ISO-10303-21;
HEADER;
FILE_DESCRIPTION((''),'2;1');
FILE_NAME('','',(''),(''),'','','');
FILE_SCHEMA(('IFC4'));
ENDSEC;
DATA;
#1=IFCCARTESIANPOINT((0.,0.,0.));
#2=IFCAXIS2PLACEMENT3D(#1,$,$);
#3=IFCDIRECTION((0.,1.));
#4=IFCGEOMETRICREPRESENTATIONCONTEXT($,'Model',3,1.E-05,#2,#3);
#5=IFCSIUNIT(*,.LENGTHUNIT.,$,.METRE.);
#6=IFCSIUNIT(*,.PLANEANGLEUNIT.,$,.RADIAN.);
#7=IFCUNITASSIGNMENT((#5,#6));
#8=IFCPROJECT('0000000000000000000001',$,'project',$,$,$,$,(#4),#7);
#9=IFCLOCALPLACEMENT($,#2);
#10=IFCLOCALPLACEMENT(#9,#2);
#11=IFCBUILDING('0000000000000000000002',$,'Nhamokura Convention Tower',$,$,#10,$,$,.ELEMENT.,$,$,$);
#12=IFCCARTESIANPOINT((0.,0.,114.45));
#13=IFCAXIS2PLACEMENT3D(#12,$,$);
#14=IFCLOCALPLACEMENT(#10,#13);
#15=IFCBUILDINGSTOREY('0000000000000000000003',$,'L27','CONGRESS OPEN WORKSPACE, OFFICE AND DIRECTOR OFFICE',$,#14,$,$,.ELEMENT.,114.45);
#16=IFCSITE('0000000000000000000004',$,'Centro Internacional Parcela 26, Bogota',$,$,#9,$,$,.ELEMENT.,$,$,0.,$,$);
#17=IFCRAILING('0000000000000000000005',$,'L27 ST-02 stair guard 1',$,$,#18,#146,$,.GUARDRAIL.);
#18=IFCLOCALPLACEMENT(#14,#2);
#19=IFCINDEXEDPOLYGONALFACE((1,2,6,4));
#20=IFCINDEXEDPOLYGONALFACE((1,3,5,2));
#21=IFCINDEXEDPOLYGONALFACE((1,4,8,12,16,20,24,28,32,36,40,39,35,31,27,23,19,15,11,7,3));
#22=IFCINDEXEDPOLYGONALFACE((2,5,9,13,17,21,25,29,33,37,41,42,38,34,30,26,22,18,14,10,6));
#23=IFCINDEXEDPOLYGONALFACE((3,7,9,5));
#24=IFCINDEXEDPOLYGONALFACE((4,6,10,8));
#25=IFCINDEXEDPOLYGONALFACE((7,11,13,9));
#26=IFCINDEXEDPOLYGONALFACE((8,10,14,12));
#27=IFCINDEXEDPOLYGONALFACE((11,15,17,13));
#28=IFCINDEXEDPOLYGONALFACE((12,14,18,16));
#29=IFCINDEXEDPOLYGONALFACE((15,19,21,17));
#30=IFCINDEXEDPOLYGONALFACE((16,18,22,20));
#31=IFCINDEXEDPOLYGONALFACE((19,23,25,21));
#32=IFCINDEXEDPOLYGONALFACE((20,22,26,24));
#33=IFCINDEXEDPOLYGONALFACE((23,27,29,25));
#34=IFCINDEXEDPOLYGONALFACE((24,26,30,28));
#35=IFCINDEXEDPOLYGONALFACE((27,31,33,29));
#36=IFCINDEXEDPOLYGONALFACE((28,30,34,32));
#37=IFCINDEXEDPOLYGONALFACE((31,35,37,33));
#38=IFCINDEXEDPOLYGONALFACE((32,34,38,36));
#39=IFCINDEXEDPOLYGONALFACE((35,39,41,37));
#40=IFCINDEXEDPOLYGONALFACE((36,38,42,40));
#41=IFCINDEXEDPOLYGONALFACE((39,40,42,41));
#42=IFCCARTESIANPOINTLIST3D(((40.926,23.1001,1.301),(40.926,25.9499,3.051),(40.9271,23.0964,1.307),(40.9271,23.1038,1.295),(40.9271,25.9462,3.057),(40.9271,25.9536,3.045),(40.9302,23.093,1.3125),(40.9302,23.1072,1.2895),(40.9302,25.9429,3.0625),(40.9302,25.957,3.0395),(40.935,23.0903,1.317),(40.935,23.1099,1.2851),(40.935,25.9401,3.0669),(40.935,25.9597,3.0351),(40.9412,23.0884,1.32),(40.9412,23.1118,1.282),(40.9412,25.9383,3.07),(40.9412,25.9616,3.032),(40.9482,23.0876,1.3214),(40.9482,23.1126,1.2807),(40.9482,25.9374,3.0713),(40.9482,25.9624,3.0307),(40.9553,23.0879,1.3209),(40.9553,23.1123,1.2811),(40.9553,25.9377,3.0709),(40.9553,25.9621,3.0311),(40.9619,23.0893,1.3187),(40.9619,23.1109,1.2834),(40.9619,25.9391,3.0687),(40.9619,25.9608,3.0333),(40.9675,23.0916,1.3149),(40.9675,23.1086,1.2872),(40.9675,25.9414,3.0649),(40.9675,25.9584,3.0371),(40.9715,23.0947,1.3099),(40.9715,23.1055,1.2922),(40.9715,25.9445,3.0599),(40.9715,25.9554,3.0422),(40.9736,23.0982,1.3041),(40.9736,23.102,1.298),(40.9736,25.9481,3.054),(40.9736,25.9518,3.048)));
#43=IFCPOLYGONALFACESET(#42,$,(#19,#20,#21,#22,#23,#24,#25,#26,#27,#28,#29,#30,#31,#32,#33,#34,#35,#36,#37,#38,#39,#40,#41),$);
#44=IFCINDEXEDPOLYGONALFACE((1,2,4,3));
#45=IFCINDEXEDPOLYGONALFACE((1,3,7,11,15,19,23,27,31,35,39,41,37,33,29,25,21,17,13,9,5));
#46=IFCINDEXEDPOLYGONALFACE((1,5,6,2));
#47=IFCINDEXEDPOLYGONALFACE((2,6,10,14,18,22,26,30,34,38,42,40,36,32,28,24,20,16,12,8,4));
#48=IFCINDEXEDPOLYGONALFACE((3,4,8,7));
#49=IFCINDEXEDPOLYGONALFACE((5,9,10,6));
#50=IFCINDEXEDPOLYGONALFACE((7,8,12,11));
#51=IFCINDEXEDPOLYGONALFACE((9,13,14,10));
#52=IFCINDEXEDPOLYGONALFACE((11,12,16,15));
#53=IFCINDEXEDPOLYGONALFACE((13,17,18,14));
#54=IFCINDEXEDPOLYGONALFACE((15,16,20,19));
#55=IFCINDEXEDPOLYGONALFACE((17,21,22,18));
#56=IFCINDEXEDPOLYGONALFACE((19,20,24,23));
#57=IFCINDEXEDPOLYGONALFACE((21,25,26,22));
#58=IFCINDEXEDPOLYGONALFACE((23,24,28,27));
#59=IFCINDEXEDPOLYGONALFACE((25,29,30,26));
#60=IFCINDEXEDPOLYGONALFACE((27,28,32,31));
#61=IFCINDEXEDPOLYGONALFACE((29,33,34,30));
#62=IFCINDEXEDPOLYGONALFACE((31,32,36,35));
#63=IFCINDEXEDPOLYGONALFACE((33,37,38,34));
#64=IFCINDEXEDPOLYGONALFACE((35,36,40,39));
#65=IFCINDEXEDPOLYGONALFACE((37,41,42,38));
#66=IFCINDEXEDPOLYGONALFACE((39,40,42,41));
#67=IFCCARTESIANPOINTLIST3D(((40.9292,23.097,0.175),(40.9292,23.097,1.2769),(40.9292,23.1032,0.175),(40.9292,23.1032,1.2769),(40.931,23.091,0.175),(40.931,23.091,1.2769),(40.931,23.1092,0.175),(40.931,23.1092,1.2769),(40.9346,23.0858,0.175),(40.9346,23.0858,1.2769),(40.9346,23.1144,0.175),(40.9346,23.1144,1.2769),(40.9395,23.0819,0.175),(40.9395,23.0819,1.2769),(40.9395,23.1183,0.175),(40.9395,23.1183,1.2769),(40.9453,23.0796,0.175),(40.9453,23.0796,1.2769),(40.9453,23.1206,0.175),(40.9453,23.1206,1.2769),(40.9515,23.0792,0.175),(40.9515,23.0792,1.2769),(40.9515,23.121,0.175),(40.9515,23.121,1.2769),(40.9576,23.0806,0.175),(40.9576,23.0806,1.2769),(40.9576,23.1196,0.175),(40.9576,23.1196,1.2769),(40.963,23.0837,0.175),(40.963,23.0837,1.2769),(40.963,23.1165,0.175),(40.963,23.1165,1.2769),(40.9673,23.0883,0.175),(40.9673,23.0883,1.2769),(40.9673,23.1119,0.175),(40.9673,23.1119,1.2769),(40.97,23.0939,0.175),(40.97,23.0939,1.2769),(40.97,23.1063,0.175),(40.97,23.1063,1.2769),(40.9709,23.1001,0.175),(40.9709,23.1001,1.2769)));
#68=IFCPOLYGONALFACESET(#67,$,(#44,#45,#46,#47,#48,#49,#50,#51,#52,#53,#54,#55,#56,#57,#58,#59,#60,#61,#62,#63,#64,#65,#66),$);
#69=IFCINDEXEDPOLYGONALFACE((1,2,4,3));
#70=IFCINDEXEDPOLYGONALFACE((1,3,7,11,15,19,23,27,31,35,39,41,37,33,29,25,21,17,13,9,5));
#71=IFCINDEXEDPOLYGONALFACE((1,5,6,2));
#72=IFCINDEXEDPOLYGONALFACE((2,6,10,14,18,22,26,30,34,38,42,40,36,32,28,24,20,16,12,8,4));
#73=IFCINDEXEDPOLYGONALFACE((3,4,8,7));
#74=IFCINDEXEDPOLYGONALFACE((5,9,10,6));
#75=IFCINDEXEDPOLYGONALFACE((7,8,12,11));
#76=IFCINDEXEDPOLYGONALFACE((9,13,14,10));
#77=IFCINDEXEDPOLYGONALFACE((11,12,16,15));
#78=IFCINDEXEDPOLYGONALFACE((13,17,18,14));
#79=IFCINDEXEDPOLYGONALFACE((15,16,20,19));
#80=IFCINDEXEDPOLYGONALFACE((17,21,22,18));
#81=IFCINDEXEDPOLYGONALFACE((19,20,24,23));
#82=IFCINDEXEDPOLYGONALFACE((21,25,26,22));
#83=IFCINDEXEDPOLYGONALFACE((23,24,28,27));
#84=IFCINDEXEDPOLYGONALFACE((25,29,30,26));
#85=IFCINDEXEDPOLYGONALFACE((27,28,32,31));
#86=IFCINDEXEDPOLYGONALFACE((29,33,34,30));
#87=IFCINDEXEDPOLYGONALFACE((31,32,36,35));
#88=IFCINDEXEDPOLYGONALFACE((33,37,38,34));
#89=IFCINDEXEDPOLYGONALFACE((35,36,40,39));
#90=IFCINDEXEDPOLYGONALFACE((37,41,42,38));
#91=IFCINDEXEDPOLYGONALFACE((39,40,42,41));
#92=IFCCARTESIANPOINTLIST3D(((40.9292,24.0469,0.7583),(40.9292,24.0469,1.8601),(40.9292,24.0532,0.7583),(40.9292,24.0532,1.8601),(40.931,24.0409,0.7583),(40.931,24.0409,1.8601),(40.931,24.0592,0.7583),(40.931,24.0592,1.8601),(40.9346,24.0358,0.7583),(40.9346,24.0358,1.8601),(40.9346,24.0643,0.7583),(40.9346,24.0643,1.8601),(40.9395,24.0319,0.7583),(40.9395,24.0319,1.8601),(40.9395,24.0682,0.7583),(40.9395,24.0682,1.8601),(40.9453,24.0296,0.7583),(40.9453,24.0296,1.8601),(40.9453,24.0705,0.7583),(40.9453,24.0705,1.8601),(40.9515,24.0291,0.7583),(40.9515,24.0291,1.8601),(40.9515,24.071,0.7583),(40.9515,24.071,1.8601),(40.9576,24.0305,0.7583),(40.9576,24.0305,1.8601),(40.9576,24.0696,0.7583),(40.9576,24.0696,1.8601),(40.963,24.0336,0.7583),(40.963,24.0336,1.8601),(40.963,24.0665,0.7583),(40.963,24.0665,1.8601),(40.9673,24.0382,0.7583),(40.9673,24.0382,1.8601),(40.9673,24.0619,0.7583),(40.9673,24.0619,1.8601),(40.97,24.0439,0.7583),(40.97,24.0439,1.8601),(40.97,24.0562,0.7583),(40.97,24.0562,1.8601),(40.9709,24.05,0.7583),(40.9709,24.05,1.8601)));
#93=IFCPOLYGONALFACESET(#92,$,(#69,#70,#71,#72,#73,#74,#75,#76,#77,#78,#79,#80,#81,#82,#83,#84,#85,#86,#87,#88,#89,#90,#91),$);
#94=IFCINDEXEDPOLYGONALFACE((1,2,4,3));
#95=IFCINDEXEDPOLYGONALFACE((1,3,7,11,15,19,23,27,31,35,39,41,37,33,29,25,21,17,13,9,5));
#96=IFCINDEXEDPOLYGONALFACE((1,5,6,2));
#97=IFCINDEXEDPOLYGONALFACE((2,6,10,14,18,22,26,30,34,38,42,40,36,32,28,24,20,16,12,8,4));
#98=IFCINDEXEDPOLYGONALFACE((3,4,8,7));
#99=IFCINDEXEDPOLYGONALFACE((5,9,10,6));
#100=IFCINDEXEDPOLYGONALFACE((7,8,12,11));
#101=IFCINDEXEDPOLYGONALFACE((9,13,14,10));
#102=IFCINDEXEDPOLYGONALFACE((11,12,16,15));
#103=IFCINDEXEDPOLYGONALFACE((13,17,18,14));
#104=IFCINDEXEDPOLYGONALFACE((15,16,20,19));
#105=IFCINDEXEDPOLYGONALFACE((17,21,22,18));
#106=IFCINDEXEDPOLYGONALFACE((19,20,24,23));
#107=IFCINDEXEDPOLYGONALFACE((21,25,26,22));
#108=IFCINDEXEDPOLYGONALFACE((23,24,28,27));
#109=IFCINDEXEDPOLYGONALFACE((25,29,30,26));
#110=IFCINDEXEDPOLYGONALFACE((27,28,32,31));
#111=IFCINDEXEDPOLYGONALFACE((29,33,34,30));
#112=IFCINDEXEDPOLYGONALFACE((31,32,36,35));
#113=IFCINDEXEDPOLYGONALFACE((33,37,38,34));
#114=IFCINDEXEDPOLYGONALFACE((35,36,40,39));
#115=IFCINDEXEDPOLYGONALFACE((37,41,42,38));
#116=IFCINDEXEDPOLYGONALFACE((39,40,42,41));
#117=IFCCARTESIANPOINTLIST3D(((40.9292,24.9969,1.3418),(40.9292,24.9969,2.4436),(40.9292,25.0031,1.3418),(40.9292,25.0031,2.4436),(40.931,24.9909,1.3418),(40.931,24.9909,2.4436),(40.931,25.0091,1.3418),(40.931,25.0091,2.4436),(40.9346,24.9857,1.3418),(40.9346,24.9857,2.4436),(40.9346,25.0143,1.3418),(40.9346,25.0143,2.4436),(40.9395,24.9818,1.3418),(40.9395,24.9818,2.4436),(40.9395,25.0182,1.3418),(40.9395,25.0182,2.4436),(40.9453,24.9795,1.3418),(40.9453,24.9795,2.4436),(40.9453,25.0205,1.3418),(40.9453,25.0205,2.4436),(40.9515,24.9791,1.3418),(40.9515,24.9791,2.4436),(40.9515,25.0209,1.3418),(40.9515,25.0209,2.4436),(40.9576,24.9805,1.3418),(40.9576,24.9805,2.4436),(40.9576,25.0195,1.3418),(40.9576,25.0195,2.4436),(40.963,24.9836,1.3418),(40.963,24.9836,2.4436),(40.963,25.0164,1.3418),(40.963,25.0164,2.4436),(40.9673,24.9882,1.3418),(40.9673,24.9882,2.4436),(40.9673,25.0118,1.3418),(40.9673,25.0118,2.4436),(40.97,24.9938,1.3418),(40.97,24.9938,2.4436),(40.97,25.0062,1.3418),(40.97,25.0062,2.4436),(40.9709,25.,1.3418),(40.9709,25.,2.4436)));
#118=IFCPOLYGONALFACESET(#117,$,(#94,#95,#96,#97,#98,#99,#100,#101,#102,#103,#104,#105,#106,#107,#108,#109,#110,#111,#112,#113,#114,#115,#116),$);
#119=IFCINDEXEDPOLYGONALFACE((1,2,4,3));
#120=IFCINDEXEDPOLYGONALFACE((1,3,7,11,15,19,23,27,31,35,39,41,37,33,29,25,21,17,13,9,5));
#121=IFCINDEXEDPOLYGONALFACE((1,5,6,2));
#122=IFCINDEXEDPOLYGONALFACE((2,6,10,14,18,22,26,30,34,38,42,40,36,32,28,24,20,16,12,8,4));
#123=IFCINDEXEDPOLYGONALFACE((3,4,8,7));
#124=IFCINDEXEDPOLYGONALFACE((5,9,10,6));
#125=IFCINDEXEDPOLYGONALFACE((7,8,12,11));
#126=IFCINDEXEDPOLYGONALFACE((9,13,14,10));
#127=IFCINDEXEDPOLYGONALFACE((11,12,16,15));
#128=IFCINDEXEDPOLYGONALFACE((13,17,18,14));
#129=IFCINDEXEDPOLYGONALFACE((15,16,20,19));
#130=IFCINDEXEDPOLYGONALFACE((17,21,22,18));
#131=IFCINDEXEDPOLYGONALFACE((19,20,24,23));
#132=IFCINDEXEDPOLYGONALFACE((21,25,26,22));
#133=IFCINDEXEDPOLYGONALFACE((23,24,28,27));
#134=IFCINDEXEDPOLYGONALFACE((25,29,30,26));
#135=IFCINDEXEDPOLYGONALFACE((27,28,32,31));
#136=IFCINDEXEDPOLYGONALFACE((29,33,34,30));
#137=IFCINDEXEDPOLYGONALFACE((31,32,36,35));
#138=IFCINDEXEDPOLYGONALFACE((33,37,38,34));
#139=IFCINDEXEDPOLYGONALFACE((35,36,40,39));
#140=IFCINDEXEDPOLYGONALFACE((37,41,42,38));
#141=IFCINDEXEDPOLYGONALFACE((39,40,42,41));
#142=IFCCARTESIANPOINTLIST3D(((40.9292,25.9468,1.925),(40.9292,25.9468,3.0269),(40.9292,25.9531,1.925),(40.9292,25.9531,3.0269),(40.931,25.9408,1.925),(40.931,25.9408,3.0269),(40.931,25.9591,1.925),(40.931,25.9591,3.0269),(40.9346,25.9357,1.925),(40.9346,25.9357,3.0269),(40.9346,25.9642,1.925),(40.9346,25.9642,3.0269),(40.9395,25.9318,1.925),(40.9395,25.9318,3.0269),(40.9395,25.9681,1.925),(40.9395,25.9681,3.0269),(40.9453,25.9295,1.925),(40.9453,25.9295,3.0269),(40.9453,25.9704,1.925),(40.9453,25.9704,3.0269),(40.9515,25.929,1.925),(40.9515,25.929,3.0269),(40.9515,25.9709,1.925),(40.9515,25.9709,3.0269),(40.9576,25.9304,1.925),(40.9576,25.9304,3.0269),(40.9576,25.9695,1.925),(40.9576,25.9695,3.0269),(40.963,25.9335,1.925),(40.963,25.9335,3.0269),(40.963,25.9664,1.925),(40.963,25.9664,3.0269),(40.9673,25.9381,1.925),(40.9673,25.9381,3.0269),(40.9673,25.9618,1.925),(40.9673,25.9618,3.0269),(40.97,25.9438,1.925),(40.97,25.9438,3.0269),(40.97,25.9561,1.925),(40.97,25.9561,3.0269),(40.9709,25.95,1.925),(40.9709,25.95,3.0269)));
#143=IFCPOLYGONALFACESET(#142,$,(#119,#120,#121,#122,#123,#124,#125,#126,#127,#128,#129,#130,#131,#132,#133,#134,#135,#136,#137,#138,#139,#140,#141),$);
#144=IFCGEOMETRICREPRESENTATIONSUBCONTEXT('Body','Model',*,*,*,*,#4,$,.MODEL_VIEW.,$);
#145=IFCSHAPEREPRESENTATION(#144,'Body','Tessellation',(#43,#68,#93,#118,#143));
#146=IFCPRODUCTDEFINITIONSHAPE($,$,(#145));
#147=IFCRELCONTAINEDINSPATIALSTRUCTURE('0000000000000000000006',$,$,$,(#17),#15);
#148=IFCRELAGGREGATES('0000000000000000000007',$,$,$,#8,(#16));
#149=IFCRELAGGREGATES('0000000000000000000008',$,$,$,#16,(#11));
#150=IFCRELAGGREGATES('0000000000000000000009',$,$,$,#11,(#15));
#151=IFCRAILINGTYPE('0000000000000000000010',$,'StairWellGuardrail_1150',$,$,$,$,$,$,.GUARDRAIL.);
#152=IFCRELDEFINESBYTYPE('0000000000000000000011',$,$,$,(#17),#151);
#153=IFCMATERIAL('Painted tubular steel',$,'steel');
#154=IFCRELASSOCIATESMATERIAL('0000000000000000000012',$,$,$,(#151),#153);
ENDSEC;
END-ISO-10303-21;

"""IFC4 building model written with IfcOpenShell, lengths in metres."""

from ifc_helpers import new_model, si_unit, direction, frame, origin, origin_2d, place, context, subcontext, project, spatial, circle, extrude, material, type_object, element, save


model = new_model("IFC4")

# Units and contexts
model_context = context("Model", 3, precision=1e-05, world=origin(), true_north=direction((0.0, 1.0)))
body_context = subcontext(model_context, "Body", "Model", "MODEL_VIEW")
ifc_project = project(units=[si_unit("LENGTHUNIT", "METRE"), si_unit("PLANEANGLEUNIT", "RADIAN")], contexts=[model_context])

# Site, building, storey
site_placement = place(None, origin())
site = spatial("IfcSite", under=ifc_project, at=site_placement, Name="Centro Internacional Parcela 26, Bogota", CompositionType="ELEMENT", RefElevation=0.0)
building_placement = place(site_placement, origin())
building = spatial("IfcBuilding", under=site, at=building_placement, Name="Nhamokura Convention Tower", CompositionType="ELEMENT")
storey_placement = place(building_placement, frame((0.0, 0.0, 114.45)))
storey = spatial("IfcBuildingStorey", under=building, at=storey_placement, Name="L27", Description="CONGRESS OPEN WORKSPACE, OFFICE AND DIRECTOR OFFICE", CompositionType="ELEMENT", Elevation=114.45)

# Railing
ifc_material_1 = material(Name="Painted tubular steel", Category="steel")
railing_type_1 = type_object("IfcRailingType", Name="StairWellGuardrail_1150", PredefinedType="GUARDRAIL", material=ifc_material_1)
railing_1_placement = place(storey_placement, frame((40.95, 23.1001, 0.175)))
element("IfcRailing", 1, at=railing_1_placement, inside=storey, type_object=railing_type_1, Name="L27 ST-02 stair guard 1", PredefinedType="GUARDRAIL", context=body_context, shape_type="SweptSolid", body=[
    extrude(circle(Radius=0.0239, at=origin_2d()), frame((0.0, 0.0, 1.126), z_axis=(0.0, 0.852159, 0.523283), x_axis=(-1.0, 0.0, 0.0)), (0.0, 0.0, 1.0), 3.3442),
    extrude(circle(Radius=0.021, at=origin_2d()), origin(), (0.0, 0.0, 1.0), 1.1018),
    extrude(circle(Radius=0.021, at=origin_2d()), frame((0.0, 0.95, 0.5833)), (0.0, 0.0, 1.0), 1.1018),
    extrude(circle(Radius=0.021, at=origin_2d()), frame((0.0, 1.8999, 1.1667)), (0.0, 0.0, 1.0), 1.1018),
    extrude(circle(Radius=0.021, at=origin_2d()), frame((0.0, 2.8499, 1.75)), (0.0, 0.0, 1.0), 1.1018),
])

save(model, "model.ifc")
